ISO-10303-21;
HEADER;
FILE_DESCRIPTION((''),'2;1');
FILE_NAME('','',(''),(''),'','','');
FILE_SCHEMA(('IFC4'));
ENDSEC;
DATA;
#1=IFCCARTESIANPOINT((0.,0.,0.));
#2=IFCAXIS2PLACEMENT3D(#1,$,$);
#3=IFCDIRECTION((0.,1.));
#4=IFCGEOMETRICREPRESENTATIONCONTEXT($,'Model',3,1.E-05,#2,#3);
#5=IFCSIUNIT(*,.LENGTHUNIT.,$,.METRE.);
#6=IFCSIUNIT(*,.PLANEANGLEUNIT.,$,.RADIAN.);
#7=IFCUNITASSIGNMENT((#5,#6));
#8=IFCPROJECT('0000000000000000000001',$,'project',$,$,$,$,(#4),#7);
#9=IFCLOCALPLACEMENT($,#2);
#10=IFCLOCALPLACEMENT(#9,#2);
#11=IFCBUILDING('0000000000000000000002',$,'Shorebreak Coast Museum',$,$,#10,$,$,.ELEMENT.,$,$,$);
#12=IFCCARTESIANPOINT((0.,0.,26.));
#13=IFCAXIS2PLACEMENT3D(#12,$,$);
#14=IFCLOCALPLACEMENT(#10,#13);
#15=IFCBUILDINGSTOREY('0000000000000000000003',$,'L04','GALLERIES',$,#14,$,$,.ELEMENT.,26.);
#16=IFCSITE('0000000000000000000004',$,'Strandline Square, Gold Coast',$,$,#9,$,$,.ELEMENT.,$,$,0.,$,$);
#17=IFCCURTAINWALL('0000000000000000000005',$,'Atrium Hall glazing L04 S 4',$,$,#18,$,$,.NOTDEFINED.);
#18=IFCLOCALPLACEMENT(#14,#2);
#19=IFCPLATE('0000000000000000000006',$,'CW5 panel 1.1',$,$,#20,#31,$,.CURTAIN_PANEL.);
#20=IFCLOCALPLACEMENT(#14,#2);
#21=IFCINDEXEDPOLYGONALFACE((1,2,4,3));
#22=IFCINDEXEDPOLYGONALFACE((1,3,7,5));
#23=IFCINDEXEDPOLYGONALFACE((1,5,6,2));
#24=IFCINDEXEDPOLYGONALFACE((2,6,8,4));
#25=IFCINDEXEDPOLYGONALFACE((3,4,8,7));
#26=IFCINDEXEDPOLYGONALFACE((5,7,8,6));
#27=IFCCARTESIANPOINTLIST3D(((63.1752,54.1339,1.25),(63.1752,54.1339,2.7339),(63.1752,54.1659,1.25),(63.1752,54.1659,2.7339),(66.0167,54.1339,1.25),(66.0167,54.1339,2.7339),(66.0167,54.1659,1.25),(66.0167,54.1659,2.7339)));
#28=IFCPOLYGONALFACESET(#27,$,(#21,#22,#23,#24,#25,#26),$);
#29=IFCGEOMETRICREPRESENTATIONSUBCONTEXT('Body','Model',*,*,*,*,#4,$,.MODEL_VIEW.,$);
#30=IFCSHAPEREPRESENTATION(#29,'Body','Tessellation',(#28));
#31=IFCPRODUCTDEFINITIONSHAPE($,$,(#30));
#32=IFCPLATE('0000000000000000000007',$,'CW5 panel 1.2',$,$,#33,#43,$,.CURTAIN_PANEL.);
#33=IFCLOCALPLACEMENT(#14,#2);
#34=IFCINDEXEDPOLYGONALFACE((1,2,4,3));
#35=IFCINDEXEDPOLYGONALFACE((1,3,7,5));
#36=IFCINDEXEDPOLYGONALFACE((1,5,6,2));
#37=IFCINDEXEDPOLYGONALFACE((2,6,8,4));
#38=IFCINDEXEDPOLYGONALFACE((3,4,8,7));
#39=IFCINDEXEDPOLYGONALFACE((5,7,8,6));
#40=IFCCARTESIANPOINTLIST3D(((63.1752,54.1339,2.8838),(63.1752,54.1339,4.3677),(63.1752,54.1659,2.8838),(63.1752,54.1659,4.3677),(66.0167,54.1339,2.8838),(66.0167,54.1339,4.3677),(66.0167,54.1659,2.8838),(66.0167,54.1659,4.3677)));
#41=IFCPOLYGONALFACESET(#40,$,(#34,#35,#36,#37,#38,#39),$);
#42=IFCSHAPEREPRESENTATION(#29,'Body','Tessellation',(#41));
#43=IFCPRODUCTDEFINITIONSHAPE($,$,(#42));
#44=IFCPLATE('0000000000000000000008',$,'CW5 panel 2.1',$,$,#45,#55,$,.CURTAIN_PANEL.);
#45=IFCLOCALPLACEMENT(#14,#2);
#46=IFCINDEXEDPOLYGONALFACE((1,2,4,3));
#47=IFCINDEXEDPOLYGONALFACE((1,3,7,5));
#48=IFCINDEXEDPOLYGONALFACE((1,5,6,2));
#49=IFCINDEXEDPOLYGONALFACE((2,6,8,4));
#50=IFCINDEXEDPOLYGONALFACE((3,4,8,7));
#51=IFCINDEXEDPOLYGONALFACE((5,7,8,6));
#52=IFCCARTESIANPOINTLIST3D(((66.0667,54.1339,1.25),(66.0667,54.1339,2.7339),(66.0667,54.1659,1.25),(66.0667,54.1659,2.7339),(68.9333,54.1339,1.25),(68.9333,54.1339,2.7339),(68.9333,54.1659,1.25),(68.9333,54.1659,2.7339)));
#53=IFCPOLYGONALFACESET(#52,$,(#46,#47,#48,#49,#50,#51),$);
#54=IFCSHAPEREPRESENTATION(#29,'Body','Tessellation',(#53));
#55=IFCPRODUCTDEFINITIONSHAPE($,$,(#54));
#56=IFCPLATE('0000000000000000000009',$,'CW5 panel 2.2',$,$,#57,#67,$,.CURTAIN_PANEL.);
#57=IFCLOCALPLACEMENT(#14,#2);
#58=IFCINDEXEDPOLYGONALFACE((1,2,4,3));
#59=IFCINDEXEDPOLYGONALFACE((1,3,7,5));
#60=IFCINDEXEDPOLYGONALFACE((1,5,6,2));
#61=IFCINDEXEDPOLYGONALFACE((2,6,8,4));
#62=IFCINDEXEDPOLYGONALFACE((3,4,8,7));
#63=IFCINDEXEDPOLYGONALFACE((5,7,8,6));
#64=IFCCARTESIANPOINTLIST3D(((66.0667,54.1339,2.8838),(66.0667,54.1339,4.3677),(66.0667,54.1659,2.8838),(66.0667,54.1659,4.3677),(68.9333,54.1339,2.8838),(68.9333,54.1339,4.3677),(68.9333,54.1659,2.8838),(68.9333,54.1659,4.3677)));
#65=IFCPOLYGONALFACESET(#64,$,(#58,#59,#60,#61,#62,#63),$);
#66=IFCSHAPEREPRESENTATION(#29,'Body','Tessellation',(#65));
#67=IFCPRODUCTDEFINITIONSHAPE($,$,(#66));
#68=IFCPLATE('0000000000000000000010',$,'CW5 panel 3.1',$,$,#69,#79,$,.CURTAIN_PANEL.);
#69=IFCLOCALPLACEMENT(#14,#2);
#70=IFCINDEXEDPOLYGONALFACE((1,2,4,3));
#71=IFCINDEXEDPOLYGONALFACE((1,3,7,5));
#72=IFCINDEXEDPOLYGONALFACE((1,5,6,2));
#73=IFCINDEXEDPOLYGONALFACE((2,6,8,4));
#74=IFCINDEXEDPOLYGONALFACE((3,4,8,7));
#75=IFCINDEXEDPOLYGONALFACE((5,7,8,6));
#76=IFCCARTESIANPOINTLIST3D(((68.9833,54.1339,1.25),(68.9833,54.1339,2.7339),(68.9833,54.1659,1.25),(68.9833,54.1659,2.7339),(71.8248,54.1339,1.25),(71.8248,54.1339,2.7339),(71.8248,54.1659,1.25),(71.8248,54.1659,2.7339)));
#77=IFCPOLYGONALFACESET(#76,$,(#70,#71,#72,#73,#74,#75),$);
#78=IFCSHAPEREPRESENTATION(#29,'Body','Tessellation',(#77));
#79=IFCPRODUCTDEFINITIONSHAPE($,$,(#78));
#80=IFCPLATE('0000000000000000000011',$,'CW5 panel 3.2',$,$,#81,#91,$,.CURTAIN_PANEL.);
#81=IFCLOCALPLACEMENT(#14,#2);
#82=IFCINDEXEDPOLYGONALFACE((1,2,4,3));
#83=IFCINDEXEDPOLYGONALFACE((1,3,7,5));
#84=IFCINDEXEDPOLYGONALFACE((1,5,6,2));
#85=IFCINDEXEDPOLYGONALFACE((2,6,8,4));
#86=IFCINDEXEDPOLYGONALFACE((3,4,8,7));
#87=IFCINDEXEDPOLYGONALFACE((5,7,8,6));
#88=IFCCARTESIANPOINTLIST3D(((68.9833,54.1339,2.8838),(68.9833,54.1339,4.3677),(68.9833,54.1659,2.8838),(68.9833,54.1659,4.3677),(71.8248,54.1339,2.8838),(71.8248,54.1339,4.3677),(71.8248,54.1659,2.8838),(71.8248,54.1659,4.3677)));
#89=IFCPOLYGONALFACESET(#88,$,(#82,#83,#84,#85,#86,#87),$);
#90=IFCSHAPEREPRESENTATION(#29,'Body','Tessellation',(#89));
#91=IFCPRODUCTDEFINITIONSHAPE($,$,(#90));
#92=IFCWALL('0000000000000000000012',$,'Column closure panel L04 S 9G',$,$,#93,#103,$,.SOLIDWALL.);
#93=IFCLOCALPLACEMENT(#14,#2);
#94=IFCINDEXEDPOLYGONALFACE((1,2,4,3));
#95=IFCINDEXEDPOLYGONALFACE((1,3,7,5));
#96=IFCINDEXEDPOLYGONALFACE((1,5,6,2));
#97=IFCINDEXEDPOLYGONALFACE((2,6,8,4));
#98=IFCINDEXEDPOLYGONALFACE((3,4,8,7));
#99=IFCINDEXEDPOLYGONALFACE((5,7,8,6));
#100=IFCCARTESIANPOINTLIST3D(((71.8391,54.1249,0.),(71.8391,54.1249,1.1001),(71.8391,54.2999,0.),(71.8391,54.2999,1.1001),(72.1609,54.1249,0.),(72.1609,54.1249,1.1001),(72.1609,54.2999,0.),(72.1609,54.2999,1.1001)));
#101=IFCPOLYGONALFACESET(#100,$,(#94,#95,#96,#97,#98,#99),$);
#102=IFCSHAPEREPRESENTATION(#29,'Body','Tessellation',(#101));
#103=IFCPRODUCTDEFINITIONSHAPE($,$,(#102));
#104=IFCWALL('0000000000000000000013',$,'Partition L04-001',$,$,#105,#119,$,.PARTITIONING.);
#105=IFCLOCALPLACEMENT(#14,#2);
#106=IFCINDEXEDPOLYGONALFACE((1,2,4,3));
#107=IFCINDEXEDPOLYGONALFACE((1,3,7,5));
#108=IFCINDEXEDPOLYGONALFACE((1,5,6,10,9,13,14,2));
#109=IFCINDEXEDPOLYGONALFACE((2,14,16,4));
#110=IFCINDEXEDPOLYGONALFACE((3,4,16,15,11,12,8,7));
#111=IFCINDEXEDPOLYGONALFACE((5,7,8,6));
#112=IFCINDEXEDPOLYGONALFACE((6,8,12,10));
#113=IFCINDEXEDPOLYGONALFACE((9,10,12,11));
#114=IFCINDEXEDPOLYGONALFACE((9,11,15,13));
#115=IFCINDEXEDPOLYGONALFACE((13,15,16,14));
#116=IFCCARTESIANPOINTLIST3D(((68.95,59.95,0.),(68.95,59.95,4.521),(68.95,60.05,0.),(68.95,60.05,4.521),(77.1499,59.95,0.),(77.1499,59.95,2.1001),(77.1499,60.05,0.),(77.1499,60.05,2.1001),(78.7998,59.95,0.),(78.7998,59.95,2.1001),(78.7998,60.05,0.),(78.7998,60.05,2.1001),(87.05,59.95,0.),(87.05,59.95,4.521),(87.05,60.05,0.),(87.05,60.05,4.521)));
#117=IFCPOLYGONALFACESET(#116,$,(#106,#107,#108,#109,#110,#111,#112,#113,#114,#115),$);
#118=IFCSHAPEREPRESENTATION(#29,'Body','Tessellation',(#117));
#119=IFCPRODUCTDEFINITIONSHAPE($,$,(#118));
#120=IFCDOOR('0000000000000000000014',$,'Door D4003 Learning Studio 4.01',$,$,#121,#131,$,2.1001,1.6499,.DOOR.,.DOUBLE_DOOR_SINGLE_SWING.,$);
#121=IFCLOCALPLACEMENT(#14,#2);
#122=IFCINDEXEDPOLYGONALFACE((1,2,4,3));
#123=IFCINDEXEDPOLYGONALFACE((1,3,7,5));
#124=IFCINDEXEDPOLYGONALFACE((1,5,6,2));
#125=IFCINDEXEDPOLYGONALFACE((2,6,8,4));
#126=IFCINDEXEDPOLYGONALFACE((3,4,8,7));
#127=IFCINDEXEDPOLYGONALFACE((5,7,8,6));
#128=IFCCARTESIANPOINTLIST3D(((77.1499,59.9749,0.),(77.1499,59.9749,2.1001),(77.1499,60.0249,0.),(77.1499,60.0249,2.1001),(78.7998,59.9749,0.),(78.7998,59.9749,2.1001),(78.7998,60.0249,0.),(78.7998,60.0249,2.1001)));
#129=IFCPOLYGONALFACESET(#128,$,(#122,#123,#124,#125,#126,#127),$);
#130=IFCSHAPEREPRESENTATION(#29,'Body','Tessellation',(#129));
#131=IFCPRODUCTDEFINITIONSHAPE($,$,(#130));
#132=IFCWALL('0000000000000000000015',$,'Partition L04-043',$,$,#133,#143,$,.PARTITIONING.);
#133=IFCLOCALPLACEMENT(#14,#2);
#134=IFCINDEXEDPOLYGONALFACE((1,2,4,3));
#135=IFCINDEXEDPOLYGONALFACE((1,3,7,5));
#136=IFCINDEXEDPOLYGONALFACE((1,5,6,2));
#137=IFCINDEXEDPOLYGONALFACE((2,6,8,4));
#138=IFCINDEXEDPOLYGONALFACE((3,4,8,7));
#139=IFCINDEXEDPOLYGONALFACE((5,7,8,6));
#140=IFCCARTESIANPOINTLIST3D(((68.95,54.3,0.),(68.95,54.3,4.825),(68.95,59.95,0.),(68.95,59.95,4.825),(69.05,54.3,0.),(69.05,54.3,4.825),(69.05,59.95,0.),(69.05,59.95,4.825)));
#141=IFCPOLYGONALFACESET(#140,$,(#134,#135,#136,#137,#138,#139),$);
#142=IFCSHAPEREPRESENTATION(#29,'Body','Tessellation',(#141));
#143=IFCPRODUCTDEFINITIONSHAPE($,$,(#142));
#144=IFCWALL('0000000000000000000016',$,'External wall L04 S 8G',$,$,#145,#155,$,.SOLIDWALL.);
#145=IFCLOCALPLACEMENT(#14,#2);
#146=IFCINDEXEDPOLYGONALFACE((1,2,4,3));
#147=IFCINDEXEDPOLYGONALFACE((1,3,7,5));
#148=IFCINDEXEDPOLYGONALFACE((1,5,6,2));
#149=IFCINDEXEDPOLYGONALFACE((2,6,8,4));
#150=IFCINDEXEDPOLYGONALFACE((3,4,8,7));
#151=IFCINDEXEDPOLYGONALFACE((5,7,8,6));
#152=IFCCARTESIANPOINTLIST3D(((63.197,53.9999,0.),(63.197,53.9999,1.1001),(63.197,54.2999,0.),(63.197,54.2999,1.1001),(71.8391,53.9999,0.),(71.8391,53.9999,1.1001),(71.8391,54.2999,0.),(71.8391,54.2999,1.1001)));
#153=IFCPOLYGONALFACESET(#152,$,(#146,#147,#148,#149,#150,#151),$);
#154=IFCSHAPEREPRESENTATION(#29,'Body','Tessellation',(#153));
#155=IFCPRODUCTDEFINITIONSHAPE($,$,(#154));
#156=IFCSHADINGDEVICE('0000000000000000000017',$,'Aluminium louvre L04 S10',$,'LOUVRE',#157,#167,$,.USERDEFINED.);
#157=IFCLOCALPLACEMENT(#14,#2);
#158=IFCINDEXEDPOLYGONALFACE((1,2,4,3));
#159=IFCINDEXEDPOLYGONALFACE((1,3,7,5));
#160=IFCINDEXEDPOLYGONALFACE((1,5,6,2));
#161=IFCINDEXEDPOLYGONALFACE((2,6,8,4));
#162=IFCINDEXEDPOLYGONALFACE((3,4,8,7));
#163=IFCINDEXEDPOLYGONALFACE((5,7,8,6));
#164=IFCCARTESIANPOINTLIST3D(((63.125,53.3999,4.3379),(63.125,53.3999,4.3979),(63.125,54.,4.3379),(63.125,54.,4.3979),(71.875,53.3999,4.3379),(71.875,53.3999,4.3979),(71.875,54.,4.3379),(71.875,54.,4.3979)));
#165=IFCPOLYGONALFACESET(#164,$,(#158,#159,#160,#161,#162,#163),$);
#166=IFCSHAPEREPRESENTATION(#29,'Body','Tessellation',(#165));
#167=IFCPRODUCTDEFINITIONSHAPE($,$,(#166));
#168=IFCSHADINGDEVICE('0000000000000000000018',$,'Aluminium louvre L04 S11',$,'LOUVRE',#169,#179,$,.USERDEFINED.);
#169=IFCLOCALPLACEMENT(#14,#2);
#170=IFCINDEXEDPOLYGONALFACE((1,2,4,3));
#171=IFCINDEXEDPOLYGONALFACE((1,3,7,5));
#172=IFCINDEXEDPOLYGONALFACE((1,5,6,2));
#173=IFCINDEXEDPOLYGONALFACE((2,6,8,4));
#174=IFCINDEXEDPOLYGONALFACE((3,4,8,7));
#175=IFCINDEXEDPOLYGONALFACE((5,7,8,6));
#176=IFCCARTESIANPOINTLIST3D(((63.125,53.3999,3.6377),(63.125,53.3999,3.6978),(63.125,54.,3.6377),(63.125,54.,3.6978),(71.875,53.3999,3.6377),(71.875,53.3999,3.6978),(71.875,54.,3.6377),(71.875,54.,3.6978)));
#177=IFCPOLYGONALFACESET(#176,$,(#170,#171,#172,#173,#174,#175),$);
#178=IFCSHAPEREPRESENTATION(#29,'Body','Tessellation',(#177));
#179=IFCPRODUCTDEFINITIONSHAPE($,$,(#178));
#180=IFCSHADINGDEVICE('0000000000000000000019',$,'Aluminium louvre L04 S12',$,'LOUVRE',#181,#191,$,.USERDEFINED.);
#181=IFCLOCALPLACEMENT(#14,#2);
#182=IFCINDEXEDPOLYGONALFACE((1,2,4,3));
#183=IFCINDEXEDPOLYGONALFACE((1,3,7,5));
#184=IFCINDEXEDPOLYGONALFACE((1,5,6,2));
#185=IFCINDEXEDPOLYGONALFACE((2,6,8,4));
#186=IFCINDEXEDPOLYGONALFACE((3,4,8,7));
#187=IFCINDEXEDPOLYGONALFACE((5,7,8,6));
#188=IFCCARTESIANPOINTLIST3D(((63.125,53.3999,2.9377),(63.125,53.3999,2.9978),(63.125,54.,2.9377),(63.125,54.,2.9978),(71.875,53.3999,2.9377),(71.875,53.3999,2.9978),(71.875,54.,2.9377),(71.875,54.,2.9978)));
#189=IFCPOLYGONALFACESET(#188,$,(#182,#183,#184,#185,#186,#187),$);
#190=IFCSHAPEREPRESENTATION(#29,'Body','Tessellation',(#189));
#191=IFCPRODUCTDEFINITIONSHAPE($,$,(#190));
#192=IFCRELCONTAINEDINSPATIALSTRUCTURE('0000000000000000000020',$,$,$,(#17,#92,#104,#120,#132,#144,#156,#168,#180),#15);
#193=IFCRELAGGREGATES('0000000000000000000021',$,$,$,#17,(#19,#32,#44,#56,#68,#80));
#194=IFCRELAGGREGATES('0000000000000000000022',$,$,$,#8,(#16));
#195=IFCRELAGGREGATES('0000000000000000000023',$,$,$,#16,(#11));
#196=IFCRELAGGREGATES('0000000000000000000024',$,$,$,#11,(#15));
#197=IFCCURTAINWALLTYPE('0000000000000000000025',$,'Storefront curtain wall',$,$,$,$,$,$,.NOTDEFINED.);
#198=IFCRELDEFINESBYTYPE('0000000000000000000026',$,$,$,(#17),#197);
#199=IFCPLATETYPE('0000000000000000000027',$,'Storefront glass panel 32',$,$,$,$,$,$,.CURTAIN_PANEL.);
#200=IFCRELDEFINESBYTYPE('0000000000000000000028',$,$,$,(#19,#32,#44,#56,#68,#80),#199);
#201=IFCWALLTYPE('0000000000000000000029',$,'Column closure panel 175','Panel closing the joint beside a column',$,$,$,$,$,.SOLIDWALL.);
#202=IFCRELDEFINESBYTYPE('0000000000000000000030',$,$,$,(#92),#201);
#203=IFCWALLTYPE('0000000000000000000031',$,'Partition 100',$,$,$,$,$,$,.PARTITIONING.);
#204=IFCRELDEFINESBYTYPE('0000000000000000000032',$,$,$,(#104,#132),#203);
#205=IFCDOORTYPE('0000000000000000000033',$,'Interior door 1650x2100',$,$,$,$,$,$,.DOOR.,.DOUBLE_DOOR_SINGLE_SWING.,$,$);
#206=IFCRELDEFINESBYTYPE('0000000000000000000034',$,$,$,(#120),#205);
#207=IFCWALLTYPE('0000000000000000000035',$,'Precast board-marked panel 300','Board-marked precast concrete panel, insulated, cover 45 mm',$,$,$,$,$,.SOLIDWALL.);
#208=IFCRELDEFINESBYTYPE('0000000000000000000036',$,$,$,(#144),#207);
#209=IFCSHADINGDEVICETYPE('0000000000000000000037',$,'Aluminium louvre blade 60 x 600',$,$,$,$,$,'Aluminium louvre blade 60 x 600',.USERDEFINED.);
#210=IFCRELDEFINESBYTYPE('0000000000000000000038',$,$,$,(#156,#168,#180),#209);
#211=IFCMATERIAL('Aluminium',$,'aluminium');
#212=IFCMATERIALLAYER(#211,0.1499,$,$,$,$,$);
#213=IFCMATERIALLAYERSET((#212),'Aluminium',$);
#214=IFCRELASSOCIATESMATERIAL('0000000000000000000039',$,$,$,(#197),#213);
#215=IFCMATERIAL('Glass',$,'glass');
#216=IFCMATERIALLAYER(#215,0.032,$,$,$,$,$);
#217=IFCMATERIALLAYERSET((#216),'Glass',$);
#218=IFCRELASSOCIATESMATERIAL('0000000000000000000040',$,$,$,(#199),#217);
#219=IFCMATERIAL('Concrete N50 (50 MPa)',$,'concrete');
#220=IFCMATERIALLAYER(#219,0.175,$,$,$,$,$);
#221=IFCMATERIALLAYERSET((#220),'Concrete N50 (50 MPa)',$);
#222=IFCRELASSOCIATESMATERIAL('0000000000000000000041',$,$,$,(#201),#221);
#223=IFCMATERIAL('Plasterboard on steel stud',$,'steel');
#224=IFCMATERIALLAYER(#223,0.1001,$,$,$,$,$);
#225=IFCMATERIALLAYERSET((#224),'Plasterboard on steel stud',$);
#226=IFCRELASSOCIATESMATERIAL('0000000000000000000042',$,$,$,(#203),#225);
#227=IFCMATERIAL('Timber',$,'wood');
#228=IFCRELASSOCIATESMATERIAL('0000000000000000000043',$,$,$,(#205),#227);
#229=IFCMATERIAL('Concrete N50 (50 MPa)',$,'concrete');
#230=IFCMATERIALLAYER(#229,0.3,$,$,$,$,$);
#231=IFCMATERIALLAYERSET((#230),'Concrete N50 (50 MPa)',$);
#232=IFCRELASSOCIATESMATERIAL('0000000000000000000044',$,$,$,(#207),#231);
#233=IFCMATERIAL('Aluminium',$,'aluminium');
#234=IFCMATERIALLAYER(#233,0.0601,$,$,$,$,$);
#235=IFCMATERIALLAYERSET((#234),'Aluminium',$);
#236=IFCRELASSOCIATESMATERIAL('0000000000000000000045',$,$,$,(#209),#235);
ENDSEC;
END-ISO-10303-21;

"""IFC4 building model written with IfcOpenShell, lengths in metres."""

from ifc_helpers import new_model, si_unit, direction, frame, frame_2d, origin, origin_2d, place, context, subcontext, project, spatial, rectangle, extrude, material, layer, layer_set, type_object, element, fill, aggregate, save


model = new_model("IFC4")

# Units and contexts
model_context = context("Model", 3, precision=1e-05, world=origin(), true_north=direction((0.0, 1.0)))
body_context = subcontext(model_context, "Body", "Model", "MODEL_VIEW")
ifc_project = project(units=[si_unit("LENGTHUNIT", "METRE"), si_unit("PLANEANGLEUNIT", "RADIAN")], contexts=[model_context])

# Site, building, storey
site_placement = place(None, origin())
site = spatial("IfcSite", under=ifc_project, at=site_placement, Name="Strandline Square, Gold Coast", CompositionType="ELEMENT", RefElevation=0.0)
building_placement = place(site_placement, origin())
building = spatial("IfcBuilding", under=site, at=building_placement, Name="Shorebreak Coast Museum", CompositionType="ELEMENT")
storey_placement = place(building_placement, frame((0.0, 0.0, 26.0)))
storey = spatial("IfcBuildingStorey", under=building, at=storey_placement, Name="L04", Description="GALLERIES", CompositionType="ELEMENT", Elevation=26.0)

# Curtain wall, plates
ifc_material_1 = material(Name="Aluminium", Category="aluminium")
ifc_layer_1 = layer(ifc_material_1, 0.1499)
ifc_layer_set_1 = layer_set([ifc_layer_1], Name="Aluminium")
curtain_wall_type_1 = type_object("IfcCurtainWallType", Name="Storefront curtain wall", PredefinedType="NOTDEFINED", material=ifc_layer_set_1)
curtain_wall_1_placement = place(storey_placement, origin())
curtain_wall_1 = element("IfcCurtainWall", 1, at=curtain_wall_1_placement, inside=storey, type_object=curtain_wall_type_1, Name="Atrium Hall glazing L04 S 4", PredefinedType="NOTDEFINED")
ifc_material_2 = material(Name="Glass", Category="glass")
ifc_layer_2 = layer(ifc_material_2, 0.032)
ifc_layer_set_2 = layer_set([ifc_layer_2], Name="Glass")
plate_type = type_object("IfcPlateType", Name="Storefront glass panel 32", PredefinedType="CURTAIN_PANEL", material=ifc_layer_set_2)
plate_1_placement = place(storey_placement, frame((64.5959, 54.1499, 1.25), z_axis=(0.0, 0.0, 1.0), x_axis=(1.0, 0.0, 0.0)))
plate_1 = element("IfcPlate", 2, at=plate_1_placement, type_object=plate_type, Name="CW5 panel 1.1", PredefinedType="CURTAIN_PANEL", context=body_context, shape_type="SweptSolid", body=[
    extrude(rectangle(XDim=2.8416, YDim=0.032, at=origin_2d()), origin(), (0.0, 0.0, 1.0), 1.4839),
])
plate_2_placement = place(storey_placement, frame((64.5959, 54.1499, 2.8838), z_axis=(0.0, 0.0, 1.0), x_axis=(1.0, 0.0, 0.0)))
plate_2 = element("IfcPlate", 3, at=plate_2_placement, type_object=plate_type, Name="CW5 panel 1.2", PredefinedType="CURTAIN_PANEL", context=body_context, shape_type="SweptSolid", body=[
    extrude(rectangle(XDim=2.8416, YDim=0.032, at=origin_2d()), origin(), (0.0, 0.0, 1.0), 1.4839),
])
plate_3_placement = place(storey_placement, frame((67.5, 54.1499, 1.25), z_axis=(0.0, 0.0, 1.0), x_axis=(1.0, 0.0, 0.0)))
plate_3 = element("IfcPlate", 4, at=plate_3_placement, type_object=plate_type, Name="CW5 panel 2.1", PredefinedType="CURTAIN_PANEL", context=body_context, shape_type="SweptSolid", body=[
    extrude(rectangle(XDim=2.8667, YDim=0.032, at=origin_2d()), origin(), (0.0, 0.0, 1.0), 1.4839),
])
plate_4_placement = place(storey_placement, frame((67.5, 54.1499, 2.8838), z_axis=(0.0, 0.0, 1.0), x_axis=(1.0, 0.0, 0.0)))
plate_4 = element("IfcPlate", 5, at=plate_4_placement, type_object=plate_type, Name="CW5 panel 2.2", PredefinedType="CURTAIN_PANEL", context=body_context, shape_type="SweptSolid", body=[
    extrude(rectangle(XDim=2.8667, YDim=0.032, at=origin_2d()), origin(), (0.0, 0.0, 1.0), 1.4839),
])
plate_5_placement = place(storey_placement, frame((70.4041, 54.1499, 1.25), z_axis=(0.0, 0.0, 1.0), x_axis=(1.0, 0.0, 0.0)))
plate_5 = element("IfcPlate", 6, at=plate_5_placement, type_object=plate_type, Name="CW5 panel 3.1", PredefinedType="CURTAIN_PANEL", context=body_context, shape_type="SweptSolid", body=[
    extrude(rectangle(XDim=2.8416, YDim=0.032, at=origin_2d()), origin(), (0.0, 0.0, 1.0), 1.4839),
])
plate_6_placement = place(storey_placement, frame((70.4041, 54.1499, 2.8838), z_axis=(0.0, 0.0, 1.0), x_axis=(1.0, 0.0, 0.0)))
plate_6 = element("IfcPlate", 7, at=plate_6_placement, type_object=plate_type, Name="CW5 panel 3.2", PredefinedType="CURTAIN_PANEL", context=body_context, shape_type="SweptSolid", body=[
    extrude(rectangle(XDim=2.8416, YDim=0.032, at=origin_2d()), origin(), (0.0, 0.0, 1.0), 1.4839),
])
aggregate(curtain_wall_1, [plate_1, plate_2, plate_3, plate_4, plate_5, plate_6])

# Wall
ifc_material_3 = material(Name="Concrete N50 (50 MPa)", Category="concrete")
ifc_layer_3 = layer(ifc_material_3, 0.175)
ifc_layer_set_3 = layer_set([ifc_layer_3], Name="Concrete N50 (50 MPa)")
wall_type_1 = type_object("IfcWallType", Name="Column closure panel 175", Description="Panel closing the joint beside a column", PredefinedType="SOLIDWALL", material=ifc_layer_set_3)
wall_1_placement = place(storey_placement, frame((71.8391, 54.2124, 0.0), z_axis=(0.0, 0.0, 1.0), x_axis=(1.0, 0.0, 0.0)))
element("IfcWall", 8, at=wall_1_placement, inside=storey, type_object=wall_type_1, Name="Column closure panel L04 S 9G", PredefinedType="SOLIDWALL", context=body_context, shape_type="SweptSolid", body=[
    extrude(rectangle(XDim=0.3218, YDim=0.175, at=frame_2d((0.1609, 0.0))), origin(), (0.0, 0.0, 1.0), 1.1001),
])

# Wall, opening, door
ifc_material_4 = material(Name="Plasterboard on steel stud", Category="steel")
ifc_layer_4 = layer(ifc_material_4, 0.1001)
ifc_layer_set_4 = layer_set([ifc_layer_4], Name="Plasterboard on steel stud")
wall_type_2 = type_object("IfcWallType", Name="Partition 100", PredefinedType="PARTITIONING", material=ifc_layer_set_4)
wall_2_placement = place(storey_placement, frame((68.95, 60.0, 0.0), z_axis=(0.0, 0.0, 1.0), x_axis=(1.0, 0.0, 0.0)))
wall_2 = element("IfcWall", 9, at=wall_2_placement, inside=storey, type_object=wall_type_2, Name="Partition L04-001", PredefinedType="PARTITIONING", context=body_context, shape_type="SweptSolid", body=[
    extrude(rectangle(XDim=18.1001, YDim=0.1001, at=frame_2d((9.05, 0.0))), origin(), (0.0, 0.0, 1.0), 4.521),
])
opening_placement = place(wall_2_placement, frame((8.2, 0.0, 0.0)))
opening = element("IfcOpeningElement", 10, at=opening_placement, cuts=wall_2, PredefinedType="OPENING", context=body_context, shape_type="SweptSolid", body=[
    extrude(rectangle(XDim=1.6499, YDim=2.1001, at=frame_2d((0.825, 1.05))), frame((0.0, 0.0601, 0.0), z_axis=(0.0, -1.0, 0.0), x_axis=(1.0, 0.0, 0.0)), (0.0, 0.0, 1.0), 0.1201),
])
ifc_material_5 = material(Name="Timber", Category="wood")
door_type = type_object("IfcDoorType", Name="Interior door 1650x2100", OperationType="DOUBLE_DOOR_SINGLE_SWING", PredefinedType="DOOR", material=ifc_material_5)
door_placement = place(opening_placement, origin())
door = element("IfcDoor", 11, at=door_placement, inside=storey, type_object=door_type, Name="Door D4003 Learning Studio 4.01", OperationType="DOUBLE_DOOR_SINGLE_SWING", OverallHeight=2.1001, OverallWidth=1.6499, PredefinedType="DOOR", context=body_context, shape_type="SweptSolid", body=[
    extrude(rectangle(XDim=1.6499, YDim=2.1001, at=frame_2d((0.825, 1.05))), frame((0.0, 0.0249, 0.0), z_axis=(0.0, -1.0, 0.0), x_axis=(1.0, 0.0, 0.0)), (0.0, 0.0, 1.0), 0.05),
])
fill(opening, door)

# Walls
wall_3_placement = place(storey_placement, frame((69.0, 54.3, 0.0), z_axis=(0.0, 0.0, 1.0), x_axis=(0.0, 1.0, 0.0)))
element("IfcWall", 12, at=wall_3_placement, inside=storey, type_object=wall_type_2, Name="Partition L04-043", PredefinedType="PARTITIONING", context=body_context, shape_type="SweptSolid", body=[
    extrude(rectangle(XDim=5.6499, YDim=0.1001, at=frame_2d((2.825, 0.0))), origin(), (0.0, 0.0, 1.0), 4.825),
])
ifc_material_6 = material(Name="Concrete N50 (50 MPa)", Category="concrete")
ifc_layer_5 = layer(ifc_material_6, 0.3)
ifc_layer_set_5 = layer_set([ifc_layer_5], Name="Concrete N50 (50 MPa)")
wall_type_3 = type_object("IfcWallType", Name="Precast board-marked panel 300", Description="Board-marked precast concrete panel, insulated, cover 45 mm", PredefinedType="SOLIDWALL", material=ifc_layer_set_5)
wall_4_placement = place(storey_placement, frame((63.197, 54.1499, 0.0), z_axis=(0.0, 0.0, 1.0), x_axis=(1.0, 0.0, 0.0)))
element("IfcWall", 13, at=wall_4_placement, inside=storey, type_object=wall_type_3, Name="External wall L04 S 8G", PredefinedType="SOLIDWALL", context=body_context, shape_type="SweptSolid", body=[
    extrude(rectangle(XDim=8.6421, YDim=0.3, at=frame_2d((4.321, 0.0))), origin(), (0.0, 0.0, 1.0), 1.1001),
])

# Shading devices
ifc_material_7 = material(Name="Aluminium", Category="aluminium")
ifc_layer_6 = layer(ifc_material_7, 0.0601)
ifc_layer_set_6 = layer_set([ifc_layer_6], Name="Aluminium")
shading_device_type = type_object("IfcShadingDeviceType", Name="Aluminium louvre blade 60 x 600", ElementType="Aluminium louvre blade 60 x 600", PredefinedType="USERDEFINED", material=ifc_layer_set_6)
for number, where, z_axis, x_axis, name in (
    (14, (67.5, 53.7, 4.3379), (0.0, 0.0, 1.0), (1.0, 0.0, 0.0), "Aluminium louvre L04 S10"),
    (15, (67.5, 53.7, 3.6377), (0.0, 0.0, 1.0), (1.0, 0.0, 0.0), "Aluminium louvre L04 S11"),
    (16, (67.5, 53.7, 2.9377), (0.0, 0.0, 1.0), (1.0, 0.0, 0.0), "Aluminium louvre L04 S12"),
):
    element("IfcShadingDevice", number, at=place(storey_placement, frame(where, z_axis=z_axis, x_axis=x_axis)), inside=storey, type_object=shading_device_type, Name=name, ObjectType="LOUVRE", PredefinedType="USERDEFINED", context=body_context, shape_type="SweptSolid", body=[
        extrude(rectangle(XDim=8.75, YDim=0.6001, at=origin_2d()), origin(), (0.0, 0.0, 1.0), 0.0601),
    ])

save(model, "model.ifc")
